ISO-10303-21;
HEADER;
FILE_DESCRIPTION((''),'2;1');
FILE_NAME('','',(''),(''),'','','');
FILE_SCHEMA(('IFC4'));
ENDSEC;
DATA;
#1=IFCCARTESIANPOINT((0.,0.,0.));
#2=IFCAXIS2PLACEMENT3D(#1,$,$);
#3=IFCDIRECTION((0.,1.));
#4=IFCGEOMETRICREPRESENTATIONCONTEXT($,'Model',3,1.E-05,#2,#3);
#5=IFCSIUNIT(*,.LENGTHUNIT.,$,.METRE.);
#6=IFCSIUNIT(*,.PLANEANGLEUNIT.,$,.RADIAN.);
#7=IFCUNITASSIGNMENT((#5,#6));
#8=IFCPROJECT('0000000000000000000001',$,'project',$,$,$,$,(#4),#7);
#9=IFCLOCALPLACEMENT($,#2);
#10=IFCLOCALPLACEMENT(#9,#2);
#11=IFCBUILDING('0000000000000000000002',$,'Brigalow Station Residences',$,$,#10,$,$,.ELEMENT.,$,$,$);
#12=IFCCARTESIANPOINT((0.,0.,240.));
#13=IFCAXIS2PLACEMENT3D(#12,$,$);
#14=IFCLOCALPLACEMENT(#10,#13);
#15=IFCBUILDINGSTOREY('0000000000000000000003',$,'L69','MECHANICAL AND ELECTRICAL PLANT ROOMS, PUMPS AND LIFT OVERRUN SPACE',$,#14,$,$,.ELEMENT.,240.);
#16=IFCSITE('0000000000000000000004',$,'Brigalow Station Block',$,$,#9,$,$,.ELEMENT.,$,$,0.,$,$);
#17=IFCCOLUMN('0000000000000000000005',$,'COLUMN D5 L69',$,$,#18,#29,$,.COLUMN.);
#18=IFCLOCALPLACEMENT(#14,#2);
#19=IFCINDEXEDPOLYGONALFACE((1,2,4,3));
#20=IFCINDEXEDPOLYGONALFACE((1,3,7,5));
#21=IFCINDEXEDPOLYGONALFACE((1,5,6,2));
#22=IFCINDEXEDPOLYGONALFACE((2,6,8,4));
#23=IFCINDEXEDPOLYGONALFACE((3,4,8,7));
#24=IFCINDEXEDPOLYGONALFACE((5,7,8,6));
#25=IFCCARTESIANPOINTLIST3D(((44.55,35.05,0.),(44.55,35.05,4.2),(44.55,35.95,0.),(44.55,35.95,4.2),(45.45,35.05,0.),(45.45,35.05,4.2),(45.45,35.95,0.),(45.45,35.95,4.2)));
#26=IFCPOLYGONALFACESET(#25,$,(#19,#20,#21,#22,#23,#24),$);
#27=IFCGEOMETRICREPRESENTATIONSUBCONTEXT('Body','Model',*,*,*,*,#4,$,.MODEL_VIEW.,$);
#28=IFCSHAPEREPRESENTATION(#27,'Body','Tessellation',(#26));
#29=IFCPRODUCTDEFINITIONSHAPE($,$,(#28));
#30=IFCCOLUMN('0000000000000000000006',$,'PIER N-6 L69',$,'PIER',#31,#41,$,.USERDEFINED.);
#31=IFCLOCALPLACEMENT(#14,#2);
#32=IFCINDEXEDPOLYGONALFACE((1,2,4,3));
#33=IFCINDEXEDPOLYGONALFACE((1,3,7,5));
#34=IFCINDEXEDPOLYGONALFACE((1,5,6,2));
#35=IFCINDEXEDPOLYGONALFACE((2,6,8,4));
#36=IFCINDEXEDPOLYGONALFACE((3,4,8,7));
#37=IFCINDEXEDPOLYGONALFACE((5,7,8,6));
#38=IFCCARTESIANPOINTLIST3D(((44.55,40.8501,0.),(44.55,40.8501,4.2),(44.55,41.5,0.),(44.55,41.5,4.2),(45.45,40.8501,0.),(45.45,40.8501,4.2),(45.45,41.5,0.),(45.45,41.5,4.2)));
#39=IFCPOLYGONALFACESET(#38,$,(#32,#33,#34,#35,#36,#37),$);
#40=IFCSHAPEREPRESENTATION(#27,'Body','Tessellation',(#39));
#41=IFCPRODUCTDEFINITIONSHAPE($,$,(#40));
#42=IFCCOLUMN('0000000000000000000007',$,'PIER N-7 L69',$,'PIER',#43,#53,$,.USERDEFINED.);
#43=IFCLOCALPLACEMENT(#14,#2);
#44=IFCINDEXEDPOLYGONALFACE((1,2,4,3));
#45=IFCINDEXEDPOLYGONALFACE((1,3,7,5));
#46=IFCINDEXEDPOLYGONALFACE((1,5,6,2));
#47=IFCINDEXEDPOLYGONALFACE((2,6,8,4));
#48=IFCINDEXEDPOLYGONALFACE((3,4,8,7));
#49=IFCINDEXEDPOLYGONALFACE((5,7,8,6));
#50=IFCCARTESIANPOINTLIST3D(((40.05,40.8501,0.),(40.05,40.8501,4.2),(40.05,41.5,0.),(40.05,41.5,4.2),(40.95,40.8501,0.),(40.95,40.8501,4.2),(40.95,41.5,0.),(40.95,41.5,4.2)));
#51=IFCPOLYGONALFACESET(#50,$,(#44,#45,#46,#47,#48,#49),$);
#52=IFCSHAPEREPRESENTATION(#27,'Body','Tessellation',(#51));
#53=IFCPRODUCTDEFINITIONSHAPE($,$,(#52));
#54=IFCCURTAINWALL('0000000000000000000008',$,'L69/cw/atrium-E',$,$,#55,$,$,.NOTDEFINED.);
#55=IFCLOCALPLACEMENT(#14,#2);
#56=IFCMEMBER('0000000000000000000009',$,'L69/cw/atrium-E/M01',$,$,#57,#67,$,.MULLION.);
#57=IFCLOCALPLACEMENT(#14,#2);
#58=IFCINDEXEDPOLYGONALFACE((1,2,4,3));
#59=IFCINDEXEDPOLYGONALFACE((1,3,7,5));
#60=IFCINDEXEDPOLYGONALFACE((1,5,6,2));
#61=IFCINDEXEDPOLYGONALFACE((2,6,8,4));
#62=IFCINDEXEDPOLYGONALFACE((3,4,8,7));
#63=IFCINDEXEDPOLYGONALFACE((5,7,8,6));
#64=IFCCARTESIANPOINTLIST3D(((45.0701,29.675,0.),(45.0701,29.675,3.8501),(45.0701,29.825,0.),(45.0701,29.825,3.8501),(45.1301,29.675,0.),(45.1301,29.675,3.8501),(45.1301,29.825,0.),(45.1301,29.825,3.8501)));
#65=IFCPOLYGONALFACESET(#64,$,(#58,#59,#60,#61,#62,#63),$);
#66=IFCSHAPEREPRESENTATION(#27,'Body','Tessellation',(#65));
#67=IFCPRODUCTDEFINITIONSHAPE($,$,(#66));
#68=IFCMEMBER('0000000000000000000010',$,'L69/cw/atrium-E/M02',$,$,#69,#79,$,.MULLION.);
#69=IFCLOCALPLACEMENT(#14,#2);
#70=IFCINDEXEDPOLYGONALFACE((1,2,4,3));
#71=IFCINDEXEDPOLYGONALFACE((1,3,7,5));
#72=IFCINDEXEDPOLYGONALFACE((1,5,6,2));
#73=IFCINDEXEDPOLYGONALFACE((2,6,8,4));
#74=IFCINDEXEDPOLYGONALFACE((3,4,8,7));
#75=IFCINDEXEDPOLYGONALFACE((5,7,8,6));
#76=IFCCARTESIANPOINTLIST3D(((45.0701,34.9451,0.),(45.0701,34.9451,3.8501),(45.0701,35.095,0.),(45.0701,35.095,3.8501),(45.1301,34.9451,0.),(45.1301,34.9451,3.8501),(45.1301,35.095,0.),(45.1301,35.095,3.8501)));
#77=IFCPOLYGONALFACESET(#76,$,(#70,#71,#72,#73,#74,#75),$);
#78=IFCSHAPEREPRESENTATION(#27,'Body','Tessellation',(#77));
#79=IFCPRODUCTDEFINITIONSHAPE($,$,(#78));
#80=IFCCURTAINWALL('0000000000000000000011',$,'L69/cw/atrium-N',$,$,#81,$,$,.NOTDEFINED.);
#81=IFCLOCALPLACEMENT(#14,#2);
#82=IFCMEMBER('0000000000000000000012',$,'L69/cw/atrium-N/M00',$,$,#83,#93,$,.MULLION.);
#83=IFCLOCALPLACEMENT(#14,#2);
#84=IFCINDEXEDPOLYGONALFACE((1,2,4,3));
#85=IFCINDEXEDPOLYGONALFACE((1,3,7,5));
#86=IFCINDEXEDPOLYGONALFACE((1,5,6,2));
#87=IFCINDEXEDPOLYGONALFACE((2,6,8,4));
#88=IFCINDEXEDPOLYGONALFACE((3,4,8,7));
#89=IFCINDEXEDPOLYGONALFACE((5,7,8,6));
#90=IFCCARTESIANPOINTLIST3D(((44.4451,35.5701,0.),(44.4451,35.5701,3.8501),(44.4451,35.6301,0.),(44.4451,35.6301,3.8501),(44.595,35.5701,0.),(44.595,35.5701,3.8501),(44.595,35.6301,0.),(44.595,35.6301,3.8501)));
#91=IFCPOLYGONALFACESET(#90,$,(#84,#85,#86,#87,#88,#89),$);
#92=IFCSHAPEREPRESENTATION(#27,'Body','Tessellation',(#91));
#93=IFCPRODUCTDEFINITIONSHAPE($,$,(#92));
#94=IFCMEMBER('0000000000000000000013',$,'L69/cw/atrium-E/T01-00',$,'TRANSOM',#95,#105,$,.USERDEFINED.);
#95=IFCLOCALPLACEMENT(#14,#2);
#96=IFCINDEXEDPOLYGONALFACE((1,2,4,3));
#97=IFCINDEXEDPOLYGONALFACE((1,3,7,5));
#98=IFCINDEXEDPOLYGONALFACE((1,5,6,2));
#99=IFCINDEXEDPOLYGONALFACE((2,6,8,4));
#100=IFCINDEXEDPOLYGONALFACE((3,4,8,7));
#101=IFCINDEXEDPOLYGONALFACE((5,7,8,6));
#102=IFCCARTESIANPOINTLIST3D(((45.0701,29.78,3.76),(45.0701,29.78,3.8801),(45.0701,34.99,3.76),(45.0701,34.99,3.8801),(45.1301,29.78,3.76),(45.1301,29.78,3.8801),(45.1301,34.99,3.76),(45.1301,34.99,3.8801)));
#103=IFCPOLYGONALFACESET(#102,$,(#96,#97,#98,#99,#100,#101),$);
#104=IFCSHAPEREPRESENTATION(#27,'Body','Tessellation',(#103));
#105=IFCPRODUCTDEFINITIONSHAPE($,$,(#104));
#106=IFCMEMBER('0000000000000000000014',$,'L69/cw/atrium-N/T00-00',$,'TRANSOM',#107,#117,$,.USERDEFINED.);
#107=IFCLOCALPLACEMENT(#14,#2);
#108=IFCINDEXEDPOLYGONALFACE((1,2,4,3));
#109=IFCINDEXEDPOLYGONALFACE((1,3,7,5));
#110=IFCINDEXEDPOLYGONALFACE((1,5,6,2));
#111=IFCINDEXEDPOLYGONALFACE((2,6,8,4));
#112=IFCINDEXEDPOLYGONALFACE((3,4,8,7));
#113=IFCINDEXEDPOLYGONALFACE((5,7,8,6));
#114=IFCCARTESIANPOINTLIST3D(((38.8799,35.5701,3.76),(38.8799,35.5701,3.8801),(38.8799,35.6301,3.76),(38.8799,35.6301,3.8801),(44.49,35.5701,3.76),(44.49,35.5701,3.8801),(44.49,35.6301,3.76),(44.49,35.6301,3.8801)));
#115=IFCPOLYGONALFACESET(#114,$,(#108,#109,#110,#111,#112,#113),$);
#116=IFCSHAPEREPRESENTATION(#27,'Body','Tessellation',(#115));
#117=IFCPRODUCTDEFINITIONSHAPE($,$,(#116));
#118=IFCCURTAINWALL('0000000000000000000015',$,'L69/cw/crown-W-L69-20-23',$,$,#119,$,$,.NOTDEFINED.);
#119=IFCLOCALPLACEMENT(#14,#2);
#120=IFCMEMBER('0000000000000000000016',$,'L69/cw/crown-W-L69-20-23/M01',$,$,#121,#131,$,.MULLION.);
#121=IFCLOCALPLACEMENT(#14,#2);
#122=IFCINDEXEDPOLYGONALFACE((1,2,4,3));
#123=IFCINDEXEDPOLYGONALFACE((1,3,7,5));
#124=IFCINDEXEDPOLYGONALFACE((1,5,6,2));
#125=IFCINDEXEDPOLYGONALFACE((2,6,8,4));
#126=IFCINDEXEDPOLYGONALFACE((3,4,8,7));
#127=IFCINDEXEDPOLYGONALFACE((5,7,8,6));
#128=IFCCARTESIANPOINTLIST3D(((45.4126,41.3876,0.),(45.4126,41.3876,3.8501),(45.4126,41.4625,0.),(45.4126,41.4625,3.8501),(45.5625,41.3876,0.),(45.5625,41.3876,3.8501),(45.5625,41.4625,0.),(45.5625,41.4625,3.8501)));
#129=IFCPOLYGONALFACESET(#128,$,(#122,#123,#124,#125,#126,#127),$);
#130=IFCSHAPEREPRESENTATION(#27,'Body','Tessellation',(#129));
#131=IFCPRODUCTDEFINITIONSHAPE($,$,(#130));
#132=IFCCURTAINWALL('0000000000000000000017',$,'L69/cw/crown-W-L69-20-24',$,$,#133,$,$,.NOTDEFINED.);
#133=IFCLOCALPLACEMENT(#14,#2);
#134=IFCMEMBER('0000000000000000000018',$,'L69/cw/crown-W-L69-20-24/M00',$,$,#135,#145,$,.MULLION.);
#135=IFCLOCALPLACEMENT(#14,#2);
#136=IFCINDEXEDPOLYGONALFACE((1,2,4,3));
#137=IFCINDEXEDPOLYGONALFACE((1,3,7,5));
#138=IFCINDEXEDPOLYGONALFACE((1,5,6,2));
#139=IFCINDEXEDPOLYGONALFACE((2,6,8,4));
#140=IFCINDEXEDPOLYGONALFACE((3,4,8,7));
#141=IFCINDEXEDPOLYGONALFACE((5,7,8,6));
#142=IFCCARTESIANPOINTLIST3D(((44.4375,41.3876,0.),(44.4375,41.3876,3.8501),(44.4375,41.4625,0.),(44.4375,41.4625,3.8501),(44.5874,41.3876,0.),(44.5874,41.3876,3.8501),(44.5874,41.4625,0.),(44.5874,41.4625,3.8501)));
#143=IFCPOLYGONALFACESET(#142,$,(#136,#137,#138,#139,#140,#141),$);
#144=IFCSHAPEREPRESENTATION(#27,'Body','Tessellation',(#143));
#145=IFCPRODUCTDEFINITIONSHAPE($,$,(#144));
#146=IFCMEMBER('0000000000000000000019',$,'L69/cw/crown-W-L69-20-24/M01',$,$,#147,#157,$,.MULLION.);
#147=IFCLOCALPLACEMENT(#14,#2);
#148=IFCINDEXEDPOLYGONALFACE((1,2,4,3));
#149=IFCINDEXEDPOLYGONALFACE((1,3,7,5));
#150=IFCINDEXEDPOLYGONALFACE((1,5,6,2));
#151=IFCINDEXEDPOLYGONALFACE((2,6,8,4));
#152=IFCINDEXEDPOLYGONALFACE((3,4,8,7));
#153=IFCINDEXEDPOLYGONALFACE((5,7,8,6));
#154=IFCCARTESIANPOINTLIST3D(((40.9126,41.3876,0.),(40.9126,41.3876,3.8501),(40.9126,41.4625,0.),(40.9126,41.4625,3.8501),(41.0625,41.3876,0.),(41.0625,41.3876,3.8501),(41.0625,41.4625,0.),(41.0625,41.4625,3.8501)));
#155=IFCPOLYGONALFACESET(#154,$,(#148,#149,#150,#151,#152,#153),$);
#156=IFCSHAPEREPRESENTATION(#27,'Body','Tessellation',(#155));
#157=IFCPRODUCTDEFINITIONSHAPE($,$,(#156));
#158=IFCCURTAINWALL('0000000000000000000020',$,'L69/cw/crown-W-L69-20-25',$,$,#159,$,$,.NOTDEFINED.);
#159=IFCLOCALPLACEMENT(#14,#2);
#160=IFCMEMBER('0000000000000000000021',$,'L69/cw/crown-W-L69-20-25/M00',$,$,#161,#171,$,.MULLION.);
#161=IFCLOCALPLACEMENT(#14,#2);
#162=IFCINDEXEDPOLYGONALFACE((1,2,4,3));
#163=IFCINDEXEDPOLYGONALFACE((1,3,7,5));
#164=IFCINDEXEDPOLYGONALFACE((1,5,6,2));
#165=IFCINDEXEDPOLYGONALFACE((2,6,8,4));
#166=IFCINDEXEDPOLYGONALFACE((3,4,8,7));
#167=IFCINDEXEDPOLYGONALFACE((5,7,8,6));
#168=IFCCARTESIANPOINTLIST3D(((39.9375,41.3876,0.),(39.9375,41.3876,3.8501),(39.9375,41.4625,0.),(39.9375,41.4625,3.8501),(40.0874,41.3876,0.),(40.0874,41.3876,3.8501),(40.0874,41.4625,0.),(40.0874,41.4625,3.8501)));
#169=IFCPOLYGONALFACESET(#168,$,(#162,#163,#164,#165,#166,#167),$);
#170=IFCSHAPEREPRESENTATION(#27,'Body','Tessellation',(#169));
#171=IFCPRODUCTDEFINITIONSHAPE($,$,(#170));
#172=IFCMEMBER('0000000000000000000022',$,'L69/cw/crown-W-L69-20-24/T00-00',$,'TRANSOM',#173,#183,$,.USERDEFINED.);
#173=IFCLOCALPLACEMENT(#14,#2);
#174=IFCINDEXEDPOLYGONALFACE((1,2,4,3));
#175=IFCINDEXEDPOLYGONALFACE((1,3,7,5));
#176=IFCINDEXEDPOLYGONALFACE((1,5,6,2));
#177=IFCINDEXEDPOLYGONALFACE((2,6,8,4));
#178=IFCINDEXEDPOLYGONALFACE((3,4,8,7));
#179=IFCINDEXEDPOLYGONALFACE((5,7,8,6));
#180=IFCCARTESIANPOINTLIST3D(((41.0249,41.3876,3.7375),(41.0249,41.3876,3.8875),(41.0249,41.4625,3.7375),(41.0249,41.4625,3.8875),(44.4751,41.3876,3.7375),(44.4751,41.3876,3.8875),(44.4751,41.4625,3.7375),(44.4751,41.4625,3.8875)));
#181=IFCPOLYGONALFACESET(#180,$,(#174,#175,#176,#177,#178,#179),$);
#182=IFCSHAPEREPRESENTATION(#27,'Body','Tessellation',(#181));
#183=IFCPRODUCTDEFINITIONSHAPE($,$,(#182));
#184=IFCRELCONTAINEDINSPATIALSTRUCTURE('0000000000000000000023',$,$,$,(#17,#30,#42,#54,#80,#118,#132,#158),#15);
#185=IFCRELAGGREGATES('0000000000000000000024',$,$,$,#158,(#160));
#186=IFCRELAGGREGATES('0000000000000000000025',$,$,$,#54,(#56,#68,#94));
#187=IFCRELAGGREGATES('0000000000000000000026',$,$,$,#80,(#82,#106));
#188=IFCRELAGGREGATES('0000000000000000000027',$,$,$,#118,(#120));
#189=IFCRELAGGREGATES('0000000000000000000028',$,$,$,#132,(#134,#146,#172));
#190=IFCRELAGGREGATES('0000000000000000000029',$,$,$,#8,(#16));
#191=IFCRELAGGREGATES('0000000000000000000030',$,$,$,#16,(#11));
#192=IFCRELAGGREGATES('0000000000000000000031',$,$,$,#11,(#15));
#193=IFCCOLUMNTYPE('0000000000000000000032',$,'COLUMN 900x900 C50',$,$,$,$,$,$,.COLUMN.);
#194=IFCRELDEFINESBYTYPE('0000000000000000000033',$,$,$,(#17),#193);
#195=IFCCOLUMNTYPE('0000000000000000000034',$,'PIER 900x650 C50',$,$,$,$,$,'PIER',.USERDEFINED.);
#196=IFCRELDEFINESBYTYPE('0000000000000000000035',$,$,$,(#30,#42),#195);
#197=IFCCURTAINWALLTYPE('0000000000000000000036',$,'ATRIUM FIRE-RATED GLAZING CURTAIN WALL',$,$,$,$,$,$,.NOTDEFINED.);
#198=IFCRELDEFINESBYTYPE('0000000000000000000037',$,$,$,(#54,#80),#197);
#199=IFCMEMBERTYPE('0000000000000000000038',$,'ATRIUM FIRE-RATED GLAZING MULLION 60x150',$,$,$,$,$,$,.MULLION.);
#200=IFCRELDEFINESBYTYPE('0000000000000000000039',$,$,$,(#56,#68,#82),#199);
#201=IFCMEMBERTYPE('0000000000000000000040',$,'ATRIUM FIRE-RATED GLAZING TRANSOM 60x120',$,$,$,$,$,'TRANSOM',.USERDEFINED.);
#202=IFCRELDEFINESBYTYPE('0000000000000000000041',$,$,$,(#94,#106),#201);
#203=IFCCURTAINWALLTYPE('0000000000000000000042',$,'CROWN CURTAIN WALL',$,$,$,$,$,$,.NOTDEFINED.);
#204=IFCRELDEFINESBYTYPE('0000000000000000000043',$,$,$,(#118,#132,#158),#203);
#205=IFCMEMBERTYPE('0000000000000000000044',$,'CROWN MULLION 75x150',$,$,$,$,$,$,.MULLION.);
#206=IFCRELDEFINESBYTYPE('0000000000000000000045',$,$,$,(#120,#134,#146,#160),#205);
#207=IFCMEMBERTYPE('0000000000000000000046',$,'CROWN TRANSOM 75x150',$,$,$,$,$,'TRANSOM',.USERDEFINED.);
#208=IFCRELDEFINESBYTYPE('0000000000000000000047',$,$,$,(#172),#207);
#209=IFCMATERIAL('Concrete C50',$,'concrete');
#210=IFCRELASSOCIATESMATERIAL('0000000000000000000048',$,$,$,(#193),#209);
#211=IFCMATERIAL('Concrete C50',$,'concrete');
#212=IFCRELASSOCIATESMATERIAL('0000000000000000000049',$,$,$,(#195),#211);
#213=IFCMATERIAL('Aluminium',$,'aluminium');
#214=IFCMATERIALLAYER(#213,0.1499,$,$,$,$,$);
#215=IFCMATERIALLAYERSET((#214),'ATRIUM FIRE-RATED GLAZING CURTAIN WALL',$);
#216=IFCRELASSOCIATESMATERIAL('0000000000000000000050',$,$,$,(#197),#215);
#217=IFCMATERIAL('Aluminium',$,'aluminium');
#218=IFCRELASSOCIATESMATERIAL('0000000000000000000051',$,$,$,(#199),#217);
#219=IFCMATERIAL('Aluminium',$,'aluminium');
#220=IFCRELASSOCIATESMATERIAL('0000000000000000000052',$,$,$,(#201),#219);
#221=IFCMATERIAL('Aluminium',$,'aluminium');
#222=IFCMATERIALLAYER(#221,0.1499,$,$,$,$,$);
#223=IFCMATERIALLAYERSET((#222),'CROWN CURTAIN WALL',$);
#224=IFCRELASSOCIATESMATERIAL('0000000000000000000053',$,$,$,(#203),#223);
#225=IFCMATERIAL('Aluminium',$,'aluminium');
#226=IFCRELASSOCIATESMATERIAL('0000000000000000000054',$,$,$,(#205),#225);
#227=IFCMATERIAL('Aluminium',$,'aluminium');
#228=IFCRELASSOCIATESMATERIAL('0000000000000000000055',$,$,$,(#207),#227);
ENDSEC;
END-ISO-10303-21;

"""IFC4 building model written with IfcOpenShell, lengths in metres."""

from ifc_helpers import new_model, si_unit, direction, frame, origin, origin_2d, place, context, subcontext, project, spatial, rectangle, extrude, material, layer, layer_set, material_profile, profile_set, type_object, element, aggregate, save


model = new_model("IFC4")

# Units and contexts
model_context = context("Model", 3, precision=1e-05, world=origin(), true_north=direction((0.0, 1.0)))
body_context = subcontext(model_context, "Body", "Model", "MODEL_VIEW")
ifc_project = project(units=[si_unit("LENGTHUNIT", "METRE"), si_unit("PLANEANGLEUNIT", "RADIAN")], contexts=[model_context])

# Site, building, storey
site_placement = place(None, origin())
site = spatial("IfcSite", under=ifc_project, at=site_placement, Name="Brigalow Station Block", CompositionType="ELEMENT", RefElevation=0.0)
building_placement = place(site_placement, origin())
building = spatial("IfcBuilding", under=site, at=building_placement, Name="Brigalow Station Residences", CompositionType="ELEMENT")
storey_placement = place(building_placement, frame((0.0, 0.0, 240.0)))
storey = spatial("IfcBuildingStorey", under=building, at=storey_placement, Name="L69", Description="MECHANICAL AND ELECTRICAL PLANT ROOMS, PUMPS AND LIFT OVERRUN SPACE", CompositionType="ELEMENT", Elevation=240.0)

# Columns
ifc_material_1 = material(Name="Concrete C50", Category="concrete")
ifc_material_profile_1 = material_profile(ifc_material_1, rectangle(XDim=0.8999, YDim=0.8999, at=origin_2d()), Name="RC900x900")
ifc_profile_set_1 = profile_set([ifc_material_profile_1], Name="Concrete C50")
column_type_1 = type_object("IfcColumnType", Name="COLUMN 900x900 C50", PredefinedType="COLUMN", material=ifc_profile_set_1)
column_placement = place(storey_placement, frame((45.0, 35.5, 0.0), z_axis=(0.0, 0.0, 1.0), x_axis=(1.0, 0.0, 0.0)))
element("IfcColumn", 1, at=column_placement, inside=storey, type_object=column_type_1, Name="COLUMN D5 L69", PredefinedType="COLUMN", context=body_context, shape_type="SweptSolid", body=[
    extrude(rectangle(XDim=0.8999, YDim=0.8999, at=origin_2d()), origin(), (0.0, 0.0, 1.0), 4.2),
])
ifc_material_2 = material(Name="Concrete C50", Category="concrete")
ifc_material_profile_2 = material_profile(ifc_material_2, rectangle(XDim=0.8999, YDim=0.6499, at=origin_2d()), Name="RC900x650")
ifc_profile_set_2 = profile_set([ifc_material_profile_2], Name="Concrete C50")
column_type_2 = type_object("IfcColumnType", Name="PIER 900x650 C50", ElementType="PIER", PredefinedType="USERDEFINED", material=ifc_profile_set_2)
for number, where, z_axis, x_axis, name in (
    (2, (45.0, 41.175, 0.0), (0.0, 0.0, 1.0), (-1.0, 0.0, 0.0), "PIER N-6 L69"),
    (3, (40.5, 41.175, 0.0), (0.0, 0.0, 1.0), (-1.0, 0.0, 0.0), "PIER N-7 L69"),
):
    element("IfcColumn", number, at=place(storey_placement, frame(where, z_axis=z_axis, x_axis=x_axis)), inside=storey, type_object=column_type_2, Name=name, ObjectType="PIER", PredefinedType="USERDEFINED", context=body_context, shape_type="SweptSolid", body=[
        extrude(rectangle(XDim=0.8999, YDim=0.6499, at=origin_2d()), origin(), (0.0, 0.0, 1.0), 4.2),
    ])

# Curtain wall, members
ifc_material_3 = material(Name="Aluminium", Category="aluminium")
ifc_layer_1 = layer(ifc_material_3, 0.1499)
ifc_layer_set_1 = layer_set([ifc_layer_1], Name="ATRIUM FIRE-RATED GLAZING CURTAIN WALL")
curtain_wall_type_1 = type_object("IfcCurtainWallType", Name="ATRIUM FIRE-RATED GLAZING CURTAIN WALL", PredefinedType="NOTDEFINED", material=ifc_layer_set_1)
curtain_wall_1_placement = place(storey_placement, origin())
curtain_wall_1 = element("IfcCurtainWall", 4, at=curtain_wall_1_placement, inside=storey, type_object=curtain_wall_type_1, Name="L69/cw/atrium-E", PredefinedType="NOTDEFINED")
ifc_material_4 = material(Name="Aluminium", Category="aluminium")
ifc_material_profile_3 = material_profile(ifc_material_4, rectangle(XDim=0.0601, YDim=0.1499, at=origin_2d()), Name="ATRIUM FIRE-RATED GLAZING MULLION 60x150")
ifc_profile_set_3 = profile_set([ifc_material_profile_3], Name="Aluminium")
member_type_1 = type_object("IfcMemberType", Name="ATRIUM FIRE-RATED GLAZING MULLION 60x150", PredefinedType="MULLION", material=ifc_profile_set_3)
member_1_placement = place(storey_placement, frame((45.1001, 29.75, 0.0), z_axis=(0.0, 0.0, 1.0), x_axis=(-1.0, 0.0, 0.0)))
member_1 = element("IfcMember", 5, at=member_1_placement, type_object=member_type_1, Name="L69/cw/atrium-E/M01", PredefinedType="MULLION", context=body_context, shape_type="SweptSolid", body=[
    extrude(rectangle(XDim=0.0601, YDim=0.1499, at=origin_2d()), origin(), (0.0, 0.0, 1.0), 3.8501),
])
member_2_placement = place(storey_placement, frame((45.1001, 35.02, 0.0), z_axis=(0.0, 0.0, 1.0), x_axis=(-1.0, 0.0, 0.0)))
member_2 = element("IfcMember", 6, at=member_2_placement, type_object=member_type_1, Name="L69/cw/atrium-E/M02", PredefinedType="MULLION", context=body_context, shape_type="SweptSolid", body=[
    extrude(rectangle(XDim=0.0601, YDim=0.1499, at=origin_2d()), origin(), (0.0, 0.0, 1.0), 3.8501),
])

# Curtain wall, member
curtain_wall_2_placement = place(storey_placement, origin())
curtain_wall_2 = element("IfcCurtainWall", 7, at=curtain_wall_2_placement, inside=storey, type_object=curtain_wall_type_1, Name="L69/cw/atrium-N", PredefinedType="NOTDEFINED")
member_3_placement = place(storey_placement, frame((44.52, 35.6001, 0.0), z_axis=(0.0, 0.0, 1.0), x_axis=(0.0, -1.0, 0.0)))
member_3 = element("IfcMember", 8, at=member_3_placement, type_object=member_type_1, Name="L69/cw/atrium-N/M00", PredefinedType="MULLION", context=body_context, shape_type="SweptSolid", body=[
    extrude(rectangle(XDim=0.0601, YDim=0.1499, at=origin_2d()), origin(), (0.0, 0.0, 1.0), 3.8501),
])

# Members
ifc_material_5 = material(Name="Aluminium", Category="aluminium")
ifc_material_profile_4 = material_profile(ifc_material_5, rectangle(XDim=0.0601, YDim=0.1201, at=origin_2d()), Name="ATRIUM FIRE-RATED GLAZING TRANSOM 60x120")
ifc_profile_set_4 = profile_set([ifc_material_profile_4], Name="Aluminium")
member_type_2 = type_object("IfcMemberType", Name="ATRIUM FIRE-RATED GLAZING TRANSOM 60x120", ElementType="TRANSOM", PredefinedType="USERDEFINED", material=ifc_profile_set_4)
member_4_placement = place(storey_placement, frame((45.1001, 29.78, 3.8201), z_axis=(0.0, 1.0, 0.0), x_axis=(-1.0, 0.0, 0.0)))
member_4 = element("IfcMember", 9, at=member_4_placement, type_object=member_type_2, Name="L69/cw/atrium-E/T01-00", ObjectType="TRANSOM", PredefinedType="USERDEFINED", context=body_context, shape_type="SweptSolid", body=[
    extrude(rectangle(XDim=0.0601, YDim=0.1201, at=origin_2d()), origin(), (0.0, 0.0, 1.0), 5.21),
])
member_5_placement = place(storey_placement, frame((44.49, 35.6001, 3.8201), z_axis=(-1.0, 0.0, 0.0), x_axis=(0.0, -1.0, 0.0)))
member_5 = element("IfcMember", 10, at=member_5_placement, type_object=member_type_2, Name="L69/cw/atrium-N/T00-00", ObjectType="TRANSOM", PredefinedType="USERDEFINED", context=body_context, shape_type="SweptSolid", body=[
    extrude(rectangle(XDim=0.0601, YDim=0.1201, at=origin_2d()), origin(), (0.0, 0.0, 1.0), 5.6101),
])

# Curtain wall, member
ifc_material_6 = material(Name="Aluminium", Category="aluminium")
ifc_layer_2 = layer(ifc_material_6, 0.1499)
ifc_layer_set_2 = layer_set([ifc_layer_2], Name="CROWN CURTAIN WALL")
curtain_wall_type_2 = type_object("IfcCurtainWallType", Name="CROWN CURTAIN WALL", PredefinedType="NOTDEFINED", material=ifc_layer_set_2)
curtain_wall_3_placement = place(storey_placement, origin())
curtain_wall_3 = element("IfcCurtainWall", 11, at=curtain_wall_3_placement, inside=storey, type_object=curtain_wall_type_2, Name="L69/cw/crown-W-L69-20-23", PredefinedType="NOTDEFINED")
ifc_material_7 = material(Name="Aluminium", Category="aluminium")
ifc_material_profile_5 = material_profile(ifc_material_7, rectangle(XDim=0.075, YDim=0.1499, at=origin_2d()), Name="CROWN MULLION 75x150")
ifc_profile_set_5 = profile_set([ifc_material_profile_5], Name="Aluminium")
member_type_3 = type_object("IfcMemberType", Name="CROWN MULLION 75x150", PredefinedType="MULLION", material=ifc_profile_set_5)
member_6_placement = place(storey_placement, frame((45.4875, 41.425, 0.0), z_axis=(0.0, 0.0, 1.0), x_axis=(0.0, -1.0, 0.0)))
member_6 = element("IfcMember", 12, at=member_6_placement, type_object=member_type_3, Name="L69/cw/crown-W-L69-20-23/M01", PredefinedType="MULLION", context=body_context, shape_type="SweptSolid", body=[
    extrude(rectangle(XDim=0.075, YDim=0.1499, at=origin_2d()), origin(), (0.0, 0.0, 1.0), 3.8501),
])

# Curtain wall, members
curtain_wall_4_placement = place(storey_placement, origin())
curtain_wall_4 = element("IfcCurtainWall", 13, at=curtain_wall_4_placement, inside=storey, type_object=curtain_wall_type_2, Name="L69/cw/crown-W-L69-20-24", PredefinedType="NOTDEFINED")
member_7_placement = place(storey_placement, frame((44.5125, 41.425, 0.0), z_axis=(0.0, 0.0, 1.0), x_axis=(0.0, -1.0, 0.0)))
member_7 = element("IfcMember", 14, at=member_7_placement, type_object=member_type_3, Name="L69/cw/crown-W-L69-20-24/M00", PredefinedType="MULLION", context=body_context, shape_type="SweptSolid", body=[
    extrude(rectangle(XDim=0.075, YDim=0.1499, at=origin_2d()), origin(), (0.0, 0.0, 1.0), 3.8501),
])
member_8_placement = place(storey_placement, frame((40.9875, 41.425, 0.0), z_axis=(0.0, 0.0, 1.0), x_axis=(0.0, -1.0, 0.0)))
member_8 = element("IfcMember", 15, at=member_8_placement, type_object=member_type_3, Name="L69/cw/crown-W-L69-20-24/M01", PredefinedType="MULLION", context=body_context, shape_type="SweptSolid", body=[
    extrude(rectangle(XDim=0.075, YDim=0.1499, at=origin_2d()), origin(), (0.0, 0.0, 1.0), 3.8501),
])

# Curtain wall, member
curtain_wall_5_placement = place(storey_placement, origin())
curtain_wall_5 = element("IfcCurtainWall", 16, at=curtain_wall_5_placement, inside=storey, type_object=curtain_wall_type_2, Name="L69/cw/crown-W-L69-20-25", PredefinedType="NOTDEFINED")
member_9_placement = place(storey_placement, frame((40.0125, 41.425, 0.0), z_axis=(0.0, 0.0, 1.0), x_axis=(0.0, -1.0, 0.0)))
member_9 = element("IfcMember", 17, at=member_9_placement, type_object=member_type_3, Name="L69/cw/crown-W-L69-20-25/M00", PredefinedType="MULLION", context=body_context, shape_type="SweptSolid", body=[
    extrude(rectangle(XDim=0.075, YDim=0.1499, at=origin_2d()), origin(), (0.0, 0.0, 1.0), 3.8501),
])
aggregate(curtain_wall_5, [member_9])

# Member
ifc_material_8 = material(Name="Aluminium", Category="aluminium")
ifc_material_profile_6 = material_profile(ifc_material_8, rectangle(XDim=0.075, YDim=0.1499, at=origin_2d()), Name="CROWN TRANSOM 75x150")
ifc_profile_set_6 = profile_set([ifc_material_profile_6], Name="Aluminium")
member_type_4 = type_object("IfcMemberType", Name="CROWN TRANSOM 75x150", ElementType="TRANSOM", PredefinedType="USERDEFINED", material=ifc_profile_set_6)
member_10_placement = place(storey_placement, frame((44.4751, 41.425, 3.8125), z_axis=(-1.0, 0.0, 0.0), x_axis=(0.0, -1.0, 0.0)))
member_10 = element("IfcMember", 18, at=member_10_placement, type_object=member_type_4, Name="L69/cw/crown-W-L69-20-24/T00-00", ObjectType="TRANSOM", PredefinedType="USERDEFINED", context=body_context, shape_type="SweptSolid", body=[
    extrude(rectangle(XDim=0.075, YDim=0.1499, at=origin_2d()), origin(), (0.0, 0.0, 1.0), 3.4502),
])

aggregate(curtain_wall_1, [member_1, member_2, member_4])
aggregate(curtain_wall_2, [member_3, member_5])

aggregate(curtain_wall_3, [member_6])
aggregate(curtain_wall_4, [member_7, member_8, member_10])

save(model, "model.ifc")
